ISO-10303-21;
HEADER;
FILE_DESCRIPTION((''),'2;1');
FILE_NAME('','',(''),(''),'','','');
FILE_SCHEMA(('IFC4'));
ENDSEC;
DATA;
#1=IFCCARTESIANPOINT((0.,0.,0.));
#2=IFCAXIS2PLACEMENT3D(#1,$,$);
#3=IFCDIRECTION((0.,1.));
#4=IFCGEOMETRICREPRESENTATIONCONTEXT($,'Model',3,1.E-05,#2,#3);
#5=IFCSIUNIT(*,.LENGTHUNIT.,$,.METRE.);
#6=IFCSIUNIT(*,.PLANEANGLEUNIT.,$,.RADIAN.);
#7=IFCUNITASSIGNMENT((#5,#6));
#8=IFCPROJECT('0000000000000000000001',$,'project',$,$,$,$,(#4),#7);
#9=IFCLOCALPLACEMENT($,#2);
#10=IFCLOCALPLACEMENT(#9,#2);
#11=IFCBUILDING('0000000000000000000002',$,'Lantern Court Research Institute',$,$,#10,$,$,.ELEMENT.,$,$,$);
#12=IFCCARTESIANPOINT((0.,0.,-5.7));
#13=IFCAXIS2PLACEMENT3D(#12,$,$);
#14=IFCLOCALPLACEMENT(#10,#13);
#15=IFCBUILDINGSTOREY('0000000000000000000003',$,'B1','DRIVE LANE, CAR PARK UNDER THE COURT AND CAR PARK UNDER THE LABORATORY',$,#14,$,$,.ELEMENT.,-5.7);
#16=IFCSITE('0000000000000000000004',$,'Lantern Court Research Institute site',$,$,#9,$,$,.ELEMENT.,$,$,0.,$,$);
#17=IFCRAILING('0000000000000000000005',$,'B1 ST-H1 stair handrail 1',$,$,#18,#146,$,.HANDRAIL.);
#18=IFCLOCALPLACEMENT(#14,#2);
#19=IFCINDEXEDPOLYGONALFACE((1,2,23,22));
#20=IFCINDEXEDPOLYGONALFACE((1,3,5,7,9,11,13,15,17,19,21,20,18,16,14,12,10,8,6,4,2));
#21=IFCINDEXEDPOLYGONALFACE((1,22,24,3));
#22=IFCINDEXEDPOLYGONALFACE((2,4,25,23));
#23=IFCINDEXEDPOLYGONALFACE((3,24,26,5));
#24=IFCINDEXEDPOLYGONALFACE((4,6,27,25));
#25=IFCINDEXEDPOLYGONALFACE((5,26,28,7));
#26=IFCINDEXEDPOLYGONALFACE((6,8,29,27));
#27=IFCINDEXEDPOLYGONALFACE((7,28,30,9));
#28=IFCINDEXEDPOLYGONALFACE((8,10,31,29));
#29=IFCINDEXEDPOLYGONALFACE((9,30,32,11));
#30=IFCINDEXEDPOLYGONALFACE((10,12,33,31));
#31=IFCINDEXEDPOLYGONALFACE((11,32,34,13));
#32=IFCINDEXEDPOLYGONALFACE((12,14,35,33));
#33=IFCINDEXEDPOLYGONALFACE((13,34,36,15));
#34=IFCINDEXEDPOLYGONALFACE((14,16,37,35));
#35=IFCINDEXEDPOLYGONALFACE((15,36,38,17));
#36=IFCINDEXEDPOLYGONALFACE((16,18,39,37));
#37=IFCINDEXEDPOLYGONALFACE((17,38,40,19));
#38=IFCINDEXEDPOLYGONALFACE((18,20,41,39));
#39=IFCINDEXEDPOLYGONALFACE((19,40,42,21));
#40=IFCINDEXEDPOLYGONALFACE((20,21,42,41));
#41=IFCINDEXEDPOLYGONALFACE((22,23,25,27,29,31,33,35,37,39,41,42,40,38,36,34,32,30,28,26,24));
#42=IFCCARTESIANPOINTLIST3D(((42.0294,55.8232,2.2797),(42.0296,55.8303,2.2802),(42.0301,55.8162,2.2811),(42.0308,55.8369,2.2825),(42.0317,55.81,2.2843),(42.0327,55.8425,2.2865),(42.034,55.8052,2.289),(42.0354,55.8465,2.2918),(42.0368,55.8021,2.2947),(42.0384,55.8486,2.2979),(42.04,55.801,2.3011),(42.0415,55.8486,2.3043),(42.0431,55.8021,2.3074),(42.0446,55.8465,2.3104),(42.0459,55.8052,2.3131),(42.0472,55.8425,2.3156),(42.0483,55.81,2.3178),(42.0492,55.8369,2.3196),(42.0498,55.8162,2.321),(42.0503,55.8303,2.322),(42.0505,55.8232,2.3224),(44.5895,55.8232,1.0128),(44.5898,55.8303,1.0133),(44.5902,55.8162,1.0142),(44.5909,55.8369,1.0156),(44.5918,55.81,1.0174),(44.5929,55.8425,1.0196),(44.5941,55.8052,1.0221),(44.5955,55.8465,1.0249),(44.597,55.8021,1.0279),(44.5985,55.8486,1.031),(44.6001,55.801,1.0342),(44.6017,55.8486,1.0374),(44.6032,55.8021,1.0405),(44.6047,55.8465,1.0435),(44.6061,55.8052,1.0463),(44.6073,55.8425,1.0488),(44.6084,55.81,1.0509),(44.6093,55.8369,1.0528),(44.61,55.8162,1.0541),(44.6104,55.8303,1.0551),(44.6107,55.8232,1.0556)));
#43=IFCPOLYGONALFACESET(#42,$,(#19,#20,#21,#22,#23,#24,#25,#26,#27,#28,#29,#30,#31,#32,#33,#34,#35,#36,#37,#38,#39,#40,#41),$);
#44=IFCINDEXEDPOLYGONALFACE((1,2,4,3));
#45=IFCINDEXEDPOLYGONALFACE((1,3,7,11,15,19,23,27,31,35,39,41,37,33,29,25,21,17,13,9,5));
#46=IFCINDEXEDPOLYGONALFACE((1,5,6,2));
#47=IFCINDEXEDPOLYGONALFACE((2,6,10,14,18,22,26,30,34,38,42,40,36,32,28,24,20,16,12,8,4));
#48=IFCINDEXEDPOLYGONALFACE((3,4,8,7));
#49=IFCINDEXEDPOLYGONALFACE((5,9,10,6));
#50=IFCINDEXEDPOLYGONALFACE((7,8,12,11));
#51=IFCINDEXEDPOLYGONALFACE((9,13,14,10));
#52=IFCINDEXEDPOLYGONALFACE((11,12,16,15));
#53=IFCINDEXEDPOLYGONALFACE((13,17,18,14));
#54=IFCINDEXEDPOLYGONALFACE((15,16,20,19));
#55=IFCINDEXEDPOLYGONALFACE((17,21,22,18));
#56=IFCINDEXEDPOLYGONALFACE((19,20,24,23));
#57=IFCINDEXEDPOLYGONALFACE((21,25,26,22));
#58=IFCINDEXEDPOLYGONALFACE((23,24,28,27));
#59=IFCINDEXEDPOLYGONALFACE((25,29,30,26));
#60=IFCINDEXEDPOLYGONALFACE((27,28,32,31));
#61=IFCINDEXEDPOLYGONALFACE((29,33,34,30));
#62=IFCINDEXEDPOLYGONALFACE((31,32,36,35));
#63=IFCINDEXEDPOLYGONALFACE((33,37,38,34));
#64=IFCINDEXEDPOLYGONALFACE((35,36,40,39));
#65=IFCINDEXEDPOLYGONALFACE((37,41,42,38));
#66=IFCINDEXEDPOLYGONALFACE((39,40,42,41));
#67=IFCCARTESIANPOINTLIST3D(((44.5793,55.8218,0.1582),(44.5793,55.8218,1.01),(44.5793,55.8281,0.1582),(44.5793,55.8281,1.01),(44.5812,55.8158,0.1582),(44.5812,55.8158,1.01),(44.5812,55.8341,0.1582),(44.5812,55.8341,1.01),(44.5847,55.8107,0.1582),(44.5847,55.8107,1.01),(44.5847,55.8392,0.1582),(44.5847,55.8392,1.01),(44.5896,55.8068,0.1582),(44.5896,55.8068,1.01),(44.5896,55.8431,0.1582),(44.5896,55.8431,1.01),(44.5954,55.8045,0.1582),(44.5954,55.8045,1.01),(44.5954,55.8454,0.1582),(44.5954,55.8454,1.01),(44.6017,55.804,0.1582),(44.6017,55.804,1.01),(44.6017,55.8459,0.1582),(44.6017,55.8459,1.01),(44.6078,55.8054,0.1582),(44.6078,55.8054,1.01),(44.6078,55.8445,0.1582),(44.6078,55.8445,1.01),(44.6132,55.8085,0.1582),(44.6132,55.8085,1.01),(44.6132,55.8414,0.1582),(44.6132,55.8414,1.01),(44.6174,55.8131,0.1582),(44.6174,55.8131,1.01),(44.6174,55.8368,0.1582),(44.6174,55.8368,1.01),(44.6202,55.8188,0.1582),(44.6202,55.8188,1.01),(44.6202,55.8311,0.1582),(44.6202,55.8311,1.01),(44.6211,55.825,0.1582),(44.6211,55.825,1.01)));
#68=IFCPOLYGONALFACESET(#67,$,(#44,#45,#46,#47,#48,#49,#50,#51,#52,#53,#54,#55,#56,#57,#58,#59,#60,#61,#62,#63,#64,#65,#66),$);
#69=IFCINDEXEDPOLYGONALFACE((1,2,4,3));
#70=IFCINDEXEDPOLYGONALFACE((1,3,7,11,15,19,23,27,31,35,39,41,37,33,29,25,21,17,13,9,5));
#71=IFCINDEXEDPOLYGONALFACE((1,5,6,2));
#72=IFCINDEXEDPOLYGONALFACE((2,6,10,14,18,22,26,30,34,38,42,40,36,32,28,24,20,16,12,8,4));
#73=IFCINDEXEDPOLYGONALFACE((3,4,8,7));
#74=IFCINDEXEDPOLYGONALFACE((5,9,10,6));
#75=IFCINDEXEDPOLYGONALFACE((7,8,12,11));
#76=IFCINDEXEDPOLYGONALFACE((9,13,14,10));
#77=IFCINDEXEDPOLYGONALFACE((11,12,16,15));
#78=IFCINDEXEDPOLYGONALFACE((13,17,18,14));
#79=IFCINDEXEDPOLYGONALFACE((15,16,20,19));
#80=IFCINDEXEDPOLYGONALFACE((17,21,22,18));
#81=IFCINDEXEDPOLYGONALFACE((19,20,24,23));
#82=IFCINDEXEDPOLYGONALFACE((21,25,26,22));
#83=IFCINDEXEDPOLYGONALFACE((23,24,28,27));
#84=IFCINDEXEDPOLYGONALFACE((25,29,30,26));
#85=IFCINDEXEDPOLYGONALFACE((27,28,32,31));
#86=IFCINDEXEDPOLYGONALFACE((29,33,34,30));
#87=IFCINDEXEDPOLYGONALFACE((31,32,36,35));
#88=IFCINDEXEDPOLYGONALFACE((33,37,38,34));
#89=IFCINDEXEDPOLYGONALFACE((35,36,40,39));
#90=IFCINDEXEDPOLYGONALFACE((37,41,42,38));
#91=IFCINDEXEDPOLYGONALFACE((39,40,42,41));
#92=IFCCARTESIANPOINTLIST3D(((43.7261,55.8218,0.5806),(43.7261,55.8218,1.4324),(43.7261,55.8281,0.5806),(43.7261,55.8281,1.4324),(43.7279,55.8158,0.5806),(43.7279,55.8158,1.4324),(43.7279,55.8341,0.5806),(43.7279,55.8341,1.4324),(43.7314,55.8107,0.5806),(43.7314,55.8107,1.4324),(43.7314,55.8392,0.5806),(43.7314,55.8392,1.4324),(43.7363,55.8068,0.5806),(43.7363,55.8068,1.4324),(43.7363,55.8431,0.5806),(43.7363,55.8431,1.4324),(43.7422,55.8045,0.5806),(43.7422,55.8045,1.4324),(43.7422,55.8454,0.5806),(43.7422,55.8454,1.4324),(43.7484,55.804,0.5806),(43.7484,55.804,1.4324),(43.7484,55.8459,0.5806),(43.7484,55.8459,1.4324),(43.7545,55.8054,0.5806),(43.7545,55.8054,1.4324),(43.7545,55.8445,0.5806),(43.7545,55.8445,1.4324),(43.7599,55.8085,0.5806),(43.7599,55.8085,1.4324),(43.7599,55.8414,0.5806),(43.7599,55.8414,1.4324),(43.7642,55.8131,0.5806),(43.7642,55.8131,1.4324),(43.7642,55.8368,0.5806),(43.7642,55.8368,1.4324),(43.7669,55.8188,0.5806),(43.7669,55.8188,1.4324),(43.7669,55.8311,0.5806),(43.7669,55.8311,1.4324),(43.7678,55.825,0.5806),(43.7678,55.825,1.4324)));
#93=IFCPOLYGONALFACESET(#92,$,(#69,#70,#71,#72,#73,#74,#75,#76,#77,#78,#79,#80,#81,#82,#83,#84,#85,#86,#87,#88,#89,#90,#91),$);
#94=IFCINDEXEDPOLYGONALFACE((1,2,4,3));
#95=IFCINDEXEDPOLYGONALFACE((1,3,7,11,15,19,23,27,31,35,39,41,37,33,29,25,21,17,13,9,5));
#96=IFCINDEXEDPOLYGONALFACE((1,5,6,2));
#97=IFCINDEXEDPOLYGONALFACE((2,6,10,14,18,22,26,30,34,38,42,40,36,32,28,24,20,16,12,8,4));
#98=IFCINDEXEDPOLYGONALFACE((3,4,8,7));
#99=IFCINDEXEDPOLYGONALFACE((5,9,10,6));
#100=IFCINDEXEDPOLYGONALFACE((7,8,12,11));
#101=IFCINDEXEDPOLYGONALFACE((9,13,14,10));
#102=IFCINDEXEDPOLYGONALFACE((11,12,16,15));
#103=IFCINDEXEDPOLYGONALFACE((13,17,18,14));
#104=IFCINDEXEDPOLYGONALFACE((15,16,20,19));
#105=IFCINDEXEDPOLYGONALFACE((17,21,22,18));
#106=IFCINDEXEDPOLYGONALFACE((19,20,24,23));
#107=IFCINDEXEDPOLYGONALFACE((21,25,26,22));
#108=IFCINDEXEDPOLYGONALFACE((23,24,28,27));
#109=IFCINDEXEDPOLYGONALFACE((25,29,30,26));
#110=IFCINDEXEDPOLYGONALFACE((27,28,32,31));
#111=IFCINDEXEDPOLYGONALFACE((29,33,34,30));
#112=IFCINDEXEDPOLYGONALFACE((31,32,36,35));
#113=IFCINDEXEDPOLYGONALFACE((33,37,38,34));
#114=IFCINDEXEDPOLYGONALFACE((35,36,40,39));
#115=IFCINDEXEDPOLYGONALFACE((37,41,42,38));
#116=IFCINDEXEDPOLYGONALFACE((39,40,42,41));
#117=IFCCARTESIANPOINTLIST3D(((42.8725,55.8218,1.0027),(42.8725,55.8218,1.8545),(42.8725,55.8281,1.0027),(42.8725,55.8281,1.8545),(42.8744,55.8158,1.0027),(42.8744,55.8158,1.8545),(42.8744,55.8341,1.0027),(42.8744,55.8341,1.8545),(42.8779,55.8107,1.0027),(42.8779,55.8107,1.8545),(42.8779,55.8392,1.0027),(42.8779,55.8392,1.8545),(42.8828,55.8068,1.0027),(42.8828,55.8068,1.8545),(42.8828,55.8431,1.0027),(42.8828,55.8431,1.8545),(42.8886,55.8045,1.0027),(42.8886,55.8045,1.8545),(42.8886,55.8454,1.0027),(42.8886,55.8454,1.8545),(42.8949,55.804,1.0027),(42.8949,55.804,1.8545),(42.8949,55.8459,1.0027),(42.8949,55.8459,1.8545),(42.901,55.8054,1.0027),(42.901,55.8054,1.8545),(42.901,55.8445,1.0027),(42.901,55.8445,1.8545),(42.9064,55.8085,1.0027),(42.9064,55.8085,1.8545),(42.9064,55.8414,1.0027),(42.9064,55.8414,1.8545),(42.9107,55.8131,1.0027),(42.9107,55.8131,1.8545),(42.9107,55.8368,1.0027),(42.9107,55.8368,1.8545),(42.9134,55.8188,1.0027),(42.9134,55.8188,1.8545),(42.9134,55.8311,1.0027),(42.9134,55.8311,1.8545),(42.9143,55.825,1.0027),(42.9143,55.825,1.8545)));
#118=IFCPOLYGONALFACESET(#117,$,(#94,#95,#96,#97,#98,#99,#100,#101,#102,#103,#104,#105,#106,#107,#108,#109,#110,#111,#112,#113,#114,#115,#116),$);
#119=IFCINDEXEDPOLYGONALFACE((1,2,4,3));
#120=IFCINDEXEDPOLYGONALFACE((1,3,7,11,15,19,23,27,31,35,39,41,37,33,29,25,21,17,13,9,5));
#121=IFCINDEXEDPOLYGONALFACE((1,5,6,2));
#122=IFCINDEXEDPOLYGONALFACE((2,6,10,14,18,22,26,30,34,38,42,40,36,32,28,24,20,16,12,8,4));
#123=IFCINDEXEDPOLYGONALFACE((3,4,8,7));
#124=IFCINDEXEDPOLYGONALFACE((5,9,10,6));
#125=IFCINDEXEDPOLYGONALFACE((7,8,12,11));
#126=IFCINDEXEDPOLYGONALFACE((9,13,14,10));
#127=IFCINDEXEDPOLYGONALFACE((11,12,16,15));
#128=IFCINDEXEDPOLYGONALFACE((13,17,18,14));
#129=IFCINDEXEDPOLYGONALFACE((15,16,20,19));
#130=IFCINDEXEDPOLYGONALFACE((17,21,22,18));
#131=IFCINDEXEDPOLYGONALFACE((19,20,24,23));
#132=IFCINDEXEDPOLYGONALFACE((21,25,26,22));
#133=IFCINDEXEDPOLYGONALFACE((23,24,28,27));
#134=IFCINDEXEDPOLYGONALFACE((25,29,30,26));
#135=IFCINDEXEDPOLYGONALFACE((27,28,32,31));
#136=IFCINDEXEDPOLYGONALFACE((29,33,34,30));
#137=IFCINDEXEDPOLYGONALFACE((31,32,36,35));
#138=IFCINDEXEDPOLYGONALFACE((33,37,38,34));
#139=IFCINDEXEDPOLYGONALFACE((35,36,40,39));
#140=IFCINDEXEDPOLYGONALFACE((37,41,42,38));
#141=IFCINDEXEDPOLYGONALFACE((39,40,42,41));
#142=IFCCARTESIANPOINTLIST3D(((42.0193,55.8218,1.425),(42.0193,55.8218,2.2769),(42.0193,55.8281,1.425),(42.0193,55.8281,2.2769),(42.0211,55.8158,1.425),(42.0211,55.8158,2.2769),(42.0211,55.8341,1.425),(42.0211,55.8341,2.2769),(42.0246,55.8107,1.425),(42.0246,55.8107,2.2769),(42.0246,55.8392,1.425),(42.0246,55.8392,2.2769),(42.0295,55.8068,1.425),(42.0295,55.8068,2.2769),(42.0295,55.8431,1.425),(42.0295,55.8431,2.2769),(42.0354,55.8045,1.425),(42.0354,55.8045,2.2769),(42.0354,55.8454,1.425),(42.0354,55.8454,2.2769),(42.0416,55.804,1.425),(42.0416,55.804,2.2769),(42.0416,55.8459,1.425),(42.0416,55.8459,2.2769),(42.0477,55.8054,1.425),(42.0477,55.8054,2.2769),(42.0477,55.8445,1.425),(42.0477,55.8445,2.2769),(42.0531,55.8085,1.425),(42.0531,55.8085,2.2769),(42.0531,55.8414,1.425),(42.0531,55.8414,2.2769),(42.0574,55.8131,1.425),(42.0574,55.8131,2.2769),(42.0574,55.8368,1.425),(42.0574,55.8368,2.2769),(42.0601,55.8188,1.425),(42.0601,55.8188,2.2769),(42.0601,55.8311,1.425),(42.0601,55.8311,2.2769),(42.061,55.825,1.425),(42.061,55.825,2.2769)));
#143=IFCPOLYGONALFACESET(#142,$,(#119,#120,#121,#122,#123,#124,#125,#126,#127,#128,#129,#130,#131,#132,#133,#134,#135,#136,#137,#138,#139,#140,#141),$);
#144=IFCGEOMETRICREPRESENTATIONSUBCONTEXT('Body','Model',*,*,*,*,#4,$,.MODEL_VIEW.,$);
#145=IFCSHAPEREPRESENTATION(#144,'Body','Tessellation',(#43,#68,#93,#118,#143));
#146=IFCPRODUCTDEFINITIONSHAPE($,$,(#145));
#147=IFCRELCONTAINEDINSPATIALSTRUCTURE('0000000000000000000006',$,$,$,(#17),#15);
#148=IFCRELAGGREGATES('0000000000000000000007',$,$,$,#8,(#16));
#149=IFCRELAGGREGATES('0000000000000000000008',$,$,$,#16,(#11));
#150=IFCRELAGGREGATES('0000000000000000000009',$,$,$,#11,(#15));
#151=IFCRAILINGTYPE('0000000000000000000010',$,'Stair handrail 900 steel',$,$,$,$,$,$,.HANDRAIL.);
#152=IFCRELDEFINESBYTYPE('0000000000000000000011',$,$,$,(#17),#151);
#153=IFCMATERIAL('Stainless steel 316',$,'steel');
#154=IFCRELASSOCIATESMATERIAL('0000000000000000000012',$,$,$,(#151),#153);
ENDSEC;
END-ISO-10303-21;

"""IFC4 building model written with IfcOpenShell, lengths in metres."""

from ifc_helpers import new_model, si_unit, direction, frame, origin, origin_2d, place, context, subcontext, project, spatial, circle, extrude, material, type_object, element, save


model = new_model("IFC4")

# Units and contexts
model_context = context("Model", 3, precision=1e-05, world=origin(), true_north=direction((0.0, 1.0)))
body_context = subcontext(model_context, "Body", "Model", "MODEL_VIEW")
ifc_project = project(units=[si_unit("LENGTHUNIT", "METRE"), si_unit("PLANEANGLEUNIT", "RADIAN")], contexts=[model_context])

# Site, building, storey
site_placement = place(None, origin())
site = spatial("IfcSite", under=ifc_project, at=site_placement, Name="Lantern Court Research Institute site", CompositionType="ELEMENT", RefElevation=0.0)
building_placement = place(site_placement, origin())
building = spatial("IfcBuilding", under=site, at=building_placement, Name="Lantern Court Research Institute", CompositionType="ELEMENT")
storey_placement = place(building_placement, frame((0.0, 0.0, -5.7)))
storey = spatial("IfcBuildingStorey", under=building, at=storey_placement, Name="B1", Description="DRIVE LANE, CAR PARK UNDER THE COURT AND CAR PARK UNDER THE LABORATORY", CompositionType="ELEMENT", Elevation=-5.7)

# Railing
ifc_material_1 = material(Name="Stainless steel 316", Category="steel")
railing_type_1 = type_object("IfcRailingType", Name="Stair handrail 900 steel", PredefinedType="HANDRAIL", material=ifc_material_1)
railing_1_placement = place(storey_placement, frame((44.6001, 55.825, 0.1582)))
element("IfcRailing", 1, at=railing_1_placement, inside=storey, type_object=railing_type_1, Name="B1 ST-H1 stair handrail 1", PredefinedType="HANDRAIL", context=body_context, shape_type="SweptSolid", body=[
    extrude(circle(Radius=0.0239, at=origin_2d()), frame((0.0, 0.0, 0.876), z_axis=(-0.896266, 0.0, 0.443517), x_axis=(0.0, -1.0, 0.0)), (0.0, 0.0, 1.0), 2.8564),
    extrude(circle(Radius=0.021, at=origin_2d()), origin(), (0.0, 0.0, 1.0), 0.8518),
    extrude(circle(Radius=0.021, at=origin_2d()), frame((-0.8533, 0.0, 0.4224)), (0.0, 0.0, 1.0), 0.8518),
    extrude(circle(Radius=0.021, at=origin_2d()), frame((-1.7068, 0.0, 0.8445)), (0.0, 0.0, 1.0), 0.8518),
    extrude(circle(Radius=0.021, at=origin_2d()), frame((-2.5601, 0.0, 1.2668)), (0.0, 0.0, 1.0), 0.8518),
])

save(model, "model.ifc")
